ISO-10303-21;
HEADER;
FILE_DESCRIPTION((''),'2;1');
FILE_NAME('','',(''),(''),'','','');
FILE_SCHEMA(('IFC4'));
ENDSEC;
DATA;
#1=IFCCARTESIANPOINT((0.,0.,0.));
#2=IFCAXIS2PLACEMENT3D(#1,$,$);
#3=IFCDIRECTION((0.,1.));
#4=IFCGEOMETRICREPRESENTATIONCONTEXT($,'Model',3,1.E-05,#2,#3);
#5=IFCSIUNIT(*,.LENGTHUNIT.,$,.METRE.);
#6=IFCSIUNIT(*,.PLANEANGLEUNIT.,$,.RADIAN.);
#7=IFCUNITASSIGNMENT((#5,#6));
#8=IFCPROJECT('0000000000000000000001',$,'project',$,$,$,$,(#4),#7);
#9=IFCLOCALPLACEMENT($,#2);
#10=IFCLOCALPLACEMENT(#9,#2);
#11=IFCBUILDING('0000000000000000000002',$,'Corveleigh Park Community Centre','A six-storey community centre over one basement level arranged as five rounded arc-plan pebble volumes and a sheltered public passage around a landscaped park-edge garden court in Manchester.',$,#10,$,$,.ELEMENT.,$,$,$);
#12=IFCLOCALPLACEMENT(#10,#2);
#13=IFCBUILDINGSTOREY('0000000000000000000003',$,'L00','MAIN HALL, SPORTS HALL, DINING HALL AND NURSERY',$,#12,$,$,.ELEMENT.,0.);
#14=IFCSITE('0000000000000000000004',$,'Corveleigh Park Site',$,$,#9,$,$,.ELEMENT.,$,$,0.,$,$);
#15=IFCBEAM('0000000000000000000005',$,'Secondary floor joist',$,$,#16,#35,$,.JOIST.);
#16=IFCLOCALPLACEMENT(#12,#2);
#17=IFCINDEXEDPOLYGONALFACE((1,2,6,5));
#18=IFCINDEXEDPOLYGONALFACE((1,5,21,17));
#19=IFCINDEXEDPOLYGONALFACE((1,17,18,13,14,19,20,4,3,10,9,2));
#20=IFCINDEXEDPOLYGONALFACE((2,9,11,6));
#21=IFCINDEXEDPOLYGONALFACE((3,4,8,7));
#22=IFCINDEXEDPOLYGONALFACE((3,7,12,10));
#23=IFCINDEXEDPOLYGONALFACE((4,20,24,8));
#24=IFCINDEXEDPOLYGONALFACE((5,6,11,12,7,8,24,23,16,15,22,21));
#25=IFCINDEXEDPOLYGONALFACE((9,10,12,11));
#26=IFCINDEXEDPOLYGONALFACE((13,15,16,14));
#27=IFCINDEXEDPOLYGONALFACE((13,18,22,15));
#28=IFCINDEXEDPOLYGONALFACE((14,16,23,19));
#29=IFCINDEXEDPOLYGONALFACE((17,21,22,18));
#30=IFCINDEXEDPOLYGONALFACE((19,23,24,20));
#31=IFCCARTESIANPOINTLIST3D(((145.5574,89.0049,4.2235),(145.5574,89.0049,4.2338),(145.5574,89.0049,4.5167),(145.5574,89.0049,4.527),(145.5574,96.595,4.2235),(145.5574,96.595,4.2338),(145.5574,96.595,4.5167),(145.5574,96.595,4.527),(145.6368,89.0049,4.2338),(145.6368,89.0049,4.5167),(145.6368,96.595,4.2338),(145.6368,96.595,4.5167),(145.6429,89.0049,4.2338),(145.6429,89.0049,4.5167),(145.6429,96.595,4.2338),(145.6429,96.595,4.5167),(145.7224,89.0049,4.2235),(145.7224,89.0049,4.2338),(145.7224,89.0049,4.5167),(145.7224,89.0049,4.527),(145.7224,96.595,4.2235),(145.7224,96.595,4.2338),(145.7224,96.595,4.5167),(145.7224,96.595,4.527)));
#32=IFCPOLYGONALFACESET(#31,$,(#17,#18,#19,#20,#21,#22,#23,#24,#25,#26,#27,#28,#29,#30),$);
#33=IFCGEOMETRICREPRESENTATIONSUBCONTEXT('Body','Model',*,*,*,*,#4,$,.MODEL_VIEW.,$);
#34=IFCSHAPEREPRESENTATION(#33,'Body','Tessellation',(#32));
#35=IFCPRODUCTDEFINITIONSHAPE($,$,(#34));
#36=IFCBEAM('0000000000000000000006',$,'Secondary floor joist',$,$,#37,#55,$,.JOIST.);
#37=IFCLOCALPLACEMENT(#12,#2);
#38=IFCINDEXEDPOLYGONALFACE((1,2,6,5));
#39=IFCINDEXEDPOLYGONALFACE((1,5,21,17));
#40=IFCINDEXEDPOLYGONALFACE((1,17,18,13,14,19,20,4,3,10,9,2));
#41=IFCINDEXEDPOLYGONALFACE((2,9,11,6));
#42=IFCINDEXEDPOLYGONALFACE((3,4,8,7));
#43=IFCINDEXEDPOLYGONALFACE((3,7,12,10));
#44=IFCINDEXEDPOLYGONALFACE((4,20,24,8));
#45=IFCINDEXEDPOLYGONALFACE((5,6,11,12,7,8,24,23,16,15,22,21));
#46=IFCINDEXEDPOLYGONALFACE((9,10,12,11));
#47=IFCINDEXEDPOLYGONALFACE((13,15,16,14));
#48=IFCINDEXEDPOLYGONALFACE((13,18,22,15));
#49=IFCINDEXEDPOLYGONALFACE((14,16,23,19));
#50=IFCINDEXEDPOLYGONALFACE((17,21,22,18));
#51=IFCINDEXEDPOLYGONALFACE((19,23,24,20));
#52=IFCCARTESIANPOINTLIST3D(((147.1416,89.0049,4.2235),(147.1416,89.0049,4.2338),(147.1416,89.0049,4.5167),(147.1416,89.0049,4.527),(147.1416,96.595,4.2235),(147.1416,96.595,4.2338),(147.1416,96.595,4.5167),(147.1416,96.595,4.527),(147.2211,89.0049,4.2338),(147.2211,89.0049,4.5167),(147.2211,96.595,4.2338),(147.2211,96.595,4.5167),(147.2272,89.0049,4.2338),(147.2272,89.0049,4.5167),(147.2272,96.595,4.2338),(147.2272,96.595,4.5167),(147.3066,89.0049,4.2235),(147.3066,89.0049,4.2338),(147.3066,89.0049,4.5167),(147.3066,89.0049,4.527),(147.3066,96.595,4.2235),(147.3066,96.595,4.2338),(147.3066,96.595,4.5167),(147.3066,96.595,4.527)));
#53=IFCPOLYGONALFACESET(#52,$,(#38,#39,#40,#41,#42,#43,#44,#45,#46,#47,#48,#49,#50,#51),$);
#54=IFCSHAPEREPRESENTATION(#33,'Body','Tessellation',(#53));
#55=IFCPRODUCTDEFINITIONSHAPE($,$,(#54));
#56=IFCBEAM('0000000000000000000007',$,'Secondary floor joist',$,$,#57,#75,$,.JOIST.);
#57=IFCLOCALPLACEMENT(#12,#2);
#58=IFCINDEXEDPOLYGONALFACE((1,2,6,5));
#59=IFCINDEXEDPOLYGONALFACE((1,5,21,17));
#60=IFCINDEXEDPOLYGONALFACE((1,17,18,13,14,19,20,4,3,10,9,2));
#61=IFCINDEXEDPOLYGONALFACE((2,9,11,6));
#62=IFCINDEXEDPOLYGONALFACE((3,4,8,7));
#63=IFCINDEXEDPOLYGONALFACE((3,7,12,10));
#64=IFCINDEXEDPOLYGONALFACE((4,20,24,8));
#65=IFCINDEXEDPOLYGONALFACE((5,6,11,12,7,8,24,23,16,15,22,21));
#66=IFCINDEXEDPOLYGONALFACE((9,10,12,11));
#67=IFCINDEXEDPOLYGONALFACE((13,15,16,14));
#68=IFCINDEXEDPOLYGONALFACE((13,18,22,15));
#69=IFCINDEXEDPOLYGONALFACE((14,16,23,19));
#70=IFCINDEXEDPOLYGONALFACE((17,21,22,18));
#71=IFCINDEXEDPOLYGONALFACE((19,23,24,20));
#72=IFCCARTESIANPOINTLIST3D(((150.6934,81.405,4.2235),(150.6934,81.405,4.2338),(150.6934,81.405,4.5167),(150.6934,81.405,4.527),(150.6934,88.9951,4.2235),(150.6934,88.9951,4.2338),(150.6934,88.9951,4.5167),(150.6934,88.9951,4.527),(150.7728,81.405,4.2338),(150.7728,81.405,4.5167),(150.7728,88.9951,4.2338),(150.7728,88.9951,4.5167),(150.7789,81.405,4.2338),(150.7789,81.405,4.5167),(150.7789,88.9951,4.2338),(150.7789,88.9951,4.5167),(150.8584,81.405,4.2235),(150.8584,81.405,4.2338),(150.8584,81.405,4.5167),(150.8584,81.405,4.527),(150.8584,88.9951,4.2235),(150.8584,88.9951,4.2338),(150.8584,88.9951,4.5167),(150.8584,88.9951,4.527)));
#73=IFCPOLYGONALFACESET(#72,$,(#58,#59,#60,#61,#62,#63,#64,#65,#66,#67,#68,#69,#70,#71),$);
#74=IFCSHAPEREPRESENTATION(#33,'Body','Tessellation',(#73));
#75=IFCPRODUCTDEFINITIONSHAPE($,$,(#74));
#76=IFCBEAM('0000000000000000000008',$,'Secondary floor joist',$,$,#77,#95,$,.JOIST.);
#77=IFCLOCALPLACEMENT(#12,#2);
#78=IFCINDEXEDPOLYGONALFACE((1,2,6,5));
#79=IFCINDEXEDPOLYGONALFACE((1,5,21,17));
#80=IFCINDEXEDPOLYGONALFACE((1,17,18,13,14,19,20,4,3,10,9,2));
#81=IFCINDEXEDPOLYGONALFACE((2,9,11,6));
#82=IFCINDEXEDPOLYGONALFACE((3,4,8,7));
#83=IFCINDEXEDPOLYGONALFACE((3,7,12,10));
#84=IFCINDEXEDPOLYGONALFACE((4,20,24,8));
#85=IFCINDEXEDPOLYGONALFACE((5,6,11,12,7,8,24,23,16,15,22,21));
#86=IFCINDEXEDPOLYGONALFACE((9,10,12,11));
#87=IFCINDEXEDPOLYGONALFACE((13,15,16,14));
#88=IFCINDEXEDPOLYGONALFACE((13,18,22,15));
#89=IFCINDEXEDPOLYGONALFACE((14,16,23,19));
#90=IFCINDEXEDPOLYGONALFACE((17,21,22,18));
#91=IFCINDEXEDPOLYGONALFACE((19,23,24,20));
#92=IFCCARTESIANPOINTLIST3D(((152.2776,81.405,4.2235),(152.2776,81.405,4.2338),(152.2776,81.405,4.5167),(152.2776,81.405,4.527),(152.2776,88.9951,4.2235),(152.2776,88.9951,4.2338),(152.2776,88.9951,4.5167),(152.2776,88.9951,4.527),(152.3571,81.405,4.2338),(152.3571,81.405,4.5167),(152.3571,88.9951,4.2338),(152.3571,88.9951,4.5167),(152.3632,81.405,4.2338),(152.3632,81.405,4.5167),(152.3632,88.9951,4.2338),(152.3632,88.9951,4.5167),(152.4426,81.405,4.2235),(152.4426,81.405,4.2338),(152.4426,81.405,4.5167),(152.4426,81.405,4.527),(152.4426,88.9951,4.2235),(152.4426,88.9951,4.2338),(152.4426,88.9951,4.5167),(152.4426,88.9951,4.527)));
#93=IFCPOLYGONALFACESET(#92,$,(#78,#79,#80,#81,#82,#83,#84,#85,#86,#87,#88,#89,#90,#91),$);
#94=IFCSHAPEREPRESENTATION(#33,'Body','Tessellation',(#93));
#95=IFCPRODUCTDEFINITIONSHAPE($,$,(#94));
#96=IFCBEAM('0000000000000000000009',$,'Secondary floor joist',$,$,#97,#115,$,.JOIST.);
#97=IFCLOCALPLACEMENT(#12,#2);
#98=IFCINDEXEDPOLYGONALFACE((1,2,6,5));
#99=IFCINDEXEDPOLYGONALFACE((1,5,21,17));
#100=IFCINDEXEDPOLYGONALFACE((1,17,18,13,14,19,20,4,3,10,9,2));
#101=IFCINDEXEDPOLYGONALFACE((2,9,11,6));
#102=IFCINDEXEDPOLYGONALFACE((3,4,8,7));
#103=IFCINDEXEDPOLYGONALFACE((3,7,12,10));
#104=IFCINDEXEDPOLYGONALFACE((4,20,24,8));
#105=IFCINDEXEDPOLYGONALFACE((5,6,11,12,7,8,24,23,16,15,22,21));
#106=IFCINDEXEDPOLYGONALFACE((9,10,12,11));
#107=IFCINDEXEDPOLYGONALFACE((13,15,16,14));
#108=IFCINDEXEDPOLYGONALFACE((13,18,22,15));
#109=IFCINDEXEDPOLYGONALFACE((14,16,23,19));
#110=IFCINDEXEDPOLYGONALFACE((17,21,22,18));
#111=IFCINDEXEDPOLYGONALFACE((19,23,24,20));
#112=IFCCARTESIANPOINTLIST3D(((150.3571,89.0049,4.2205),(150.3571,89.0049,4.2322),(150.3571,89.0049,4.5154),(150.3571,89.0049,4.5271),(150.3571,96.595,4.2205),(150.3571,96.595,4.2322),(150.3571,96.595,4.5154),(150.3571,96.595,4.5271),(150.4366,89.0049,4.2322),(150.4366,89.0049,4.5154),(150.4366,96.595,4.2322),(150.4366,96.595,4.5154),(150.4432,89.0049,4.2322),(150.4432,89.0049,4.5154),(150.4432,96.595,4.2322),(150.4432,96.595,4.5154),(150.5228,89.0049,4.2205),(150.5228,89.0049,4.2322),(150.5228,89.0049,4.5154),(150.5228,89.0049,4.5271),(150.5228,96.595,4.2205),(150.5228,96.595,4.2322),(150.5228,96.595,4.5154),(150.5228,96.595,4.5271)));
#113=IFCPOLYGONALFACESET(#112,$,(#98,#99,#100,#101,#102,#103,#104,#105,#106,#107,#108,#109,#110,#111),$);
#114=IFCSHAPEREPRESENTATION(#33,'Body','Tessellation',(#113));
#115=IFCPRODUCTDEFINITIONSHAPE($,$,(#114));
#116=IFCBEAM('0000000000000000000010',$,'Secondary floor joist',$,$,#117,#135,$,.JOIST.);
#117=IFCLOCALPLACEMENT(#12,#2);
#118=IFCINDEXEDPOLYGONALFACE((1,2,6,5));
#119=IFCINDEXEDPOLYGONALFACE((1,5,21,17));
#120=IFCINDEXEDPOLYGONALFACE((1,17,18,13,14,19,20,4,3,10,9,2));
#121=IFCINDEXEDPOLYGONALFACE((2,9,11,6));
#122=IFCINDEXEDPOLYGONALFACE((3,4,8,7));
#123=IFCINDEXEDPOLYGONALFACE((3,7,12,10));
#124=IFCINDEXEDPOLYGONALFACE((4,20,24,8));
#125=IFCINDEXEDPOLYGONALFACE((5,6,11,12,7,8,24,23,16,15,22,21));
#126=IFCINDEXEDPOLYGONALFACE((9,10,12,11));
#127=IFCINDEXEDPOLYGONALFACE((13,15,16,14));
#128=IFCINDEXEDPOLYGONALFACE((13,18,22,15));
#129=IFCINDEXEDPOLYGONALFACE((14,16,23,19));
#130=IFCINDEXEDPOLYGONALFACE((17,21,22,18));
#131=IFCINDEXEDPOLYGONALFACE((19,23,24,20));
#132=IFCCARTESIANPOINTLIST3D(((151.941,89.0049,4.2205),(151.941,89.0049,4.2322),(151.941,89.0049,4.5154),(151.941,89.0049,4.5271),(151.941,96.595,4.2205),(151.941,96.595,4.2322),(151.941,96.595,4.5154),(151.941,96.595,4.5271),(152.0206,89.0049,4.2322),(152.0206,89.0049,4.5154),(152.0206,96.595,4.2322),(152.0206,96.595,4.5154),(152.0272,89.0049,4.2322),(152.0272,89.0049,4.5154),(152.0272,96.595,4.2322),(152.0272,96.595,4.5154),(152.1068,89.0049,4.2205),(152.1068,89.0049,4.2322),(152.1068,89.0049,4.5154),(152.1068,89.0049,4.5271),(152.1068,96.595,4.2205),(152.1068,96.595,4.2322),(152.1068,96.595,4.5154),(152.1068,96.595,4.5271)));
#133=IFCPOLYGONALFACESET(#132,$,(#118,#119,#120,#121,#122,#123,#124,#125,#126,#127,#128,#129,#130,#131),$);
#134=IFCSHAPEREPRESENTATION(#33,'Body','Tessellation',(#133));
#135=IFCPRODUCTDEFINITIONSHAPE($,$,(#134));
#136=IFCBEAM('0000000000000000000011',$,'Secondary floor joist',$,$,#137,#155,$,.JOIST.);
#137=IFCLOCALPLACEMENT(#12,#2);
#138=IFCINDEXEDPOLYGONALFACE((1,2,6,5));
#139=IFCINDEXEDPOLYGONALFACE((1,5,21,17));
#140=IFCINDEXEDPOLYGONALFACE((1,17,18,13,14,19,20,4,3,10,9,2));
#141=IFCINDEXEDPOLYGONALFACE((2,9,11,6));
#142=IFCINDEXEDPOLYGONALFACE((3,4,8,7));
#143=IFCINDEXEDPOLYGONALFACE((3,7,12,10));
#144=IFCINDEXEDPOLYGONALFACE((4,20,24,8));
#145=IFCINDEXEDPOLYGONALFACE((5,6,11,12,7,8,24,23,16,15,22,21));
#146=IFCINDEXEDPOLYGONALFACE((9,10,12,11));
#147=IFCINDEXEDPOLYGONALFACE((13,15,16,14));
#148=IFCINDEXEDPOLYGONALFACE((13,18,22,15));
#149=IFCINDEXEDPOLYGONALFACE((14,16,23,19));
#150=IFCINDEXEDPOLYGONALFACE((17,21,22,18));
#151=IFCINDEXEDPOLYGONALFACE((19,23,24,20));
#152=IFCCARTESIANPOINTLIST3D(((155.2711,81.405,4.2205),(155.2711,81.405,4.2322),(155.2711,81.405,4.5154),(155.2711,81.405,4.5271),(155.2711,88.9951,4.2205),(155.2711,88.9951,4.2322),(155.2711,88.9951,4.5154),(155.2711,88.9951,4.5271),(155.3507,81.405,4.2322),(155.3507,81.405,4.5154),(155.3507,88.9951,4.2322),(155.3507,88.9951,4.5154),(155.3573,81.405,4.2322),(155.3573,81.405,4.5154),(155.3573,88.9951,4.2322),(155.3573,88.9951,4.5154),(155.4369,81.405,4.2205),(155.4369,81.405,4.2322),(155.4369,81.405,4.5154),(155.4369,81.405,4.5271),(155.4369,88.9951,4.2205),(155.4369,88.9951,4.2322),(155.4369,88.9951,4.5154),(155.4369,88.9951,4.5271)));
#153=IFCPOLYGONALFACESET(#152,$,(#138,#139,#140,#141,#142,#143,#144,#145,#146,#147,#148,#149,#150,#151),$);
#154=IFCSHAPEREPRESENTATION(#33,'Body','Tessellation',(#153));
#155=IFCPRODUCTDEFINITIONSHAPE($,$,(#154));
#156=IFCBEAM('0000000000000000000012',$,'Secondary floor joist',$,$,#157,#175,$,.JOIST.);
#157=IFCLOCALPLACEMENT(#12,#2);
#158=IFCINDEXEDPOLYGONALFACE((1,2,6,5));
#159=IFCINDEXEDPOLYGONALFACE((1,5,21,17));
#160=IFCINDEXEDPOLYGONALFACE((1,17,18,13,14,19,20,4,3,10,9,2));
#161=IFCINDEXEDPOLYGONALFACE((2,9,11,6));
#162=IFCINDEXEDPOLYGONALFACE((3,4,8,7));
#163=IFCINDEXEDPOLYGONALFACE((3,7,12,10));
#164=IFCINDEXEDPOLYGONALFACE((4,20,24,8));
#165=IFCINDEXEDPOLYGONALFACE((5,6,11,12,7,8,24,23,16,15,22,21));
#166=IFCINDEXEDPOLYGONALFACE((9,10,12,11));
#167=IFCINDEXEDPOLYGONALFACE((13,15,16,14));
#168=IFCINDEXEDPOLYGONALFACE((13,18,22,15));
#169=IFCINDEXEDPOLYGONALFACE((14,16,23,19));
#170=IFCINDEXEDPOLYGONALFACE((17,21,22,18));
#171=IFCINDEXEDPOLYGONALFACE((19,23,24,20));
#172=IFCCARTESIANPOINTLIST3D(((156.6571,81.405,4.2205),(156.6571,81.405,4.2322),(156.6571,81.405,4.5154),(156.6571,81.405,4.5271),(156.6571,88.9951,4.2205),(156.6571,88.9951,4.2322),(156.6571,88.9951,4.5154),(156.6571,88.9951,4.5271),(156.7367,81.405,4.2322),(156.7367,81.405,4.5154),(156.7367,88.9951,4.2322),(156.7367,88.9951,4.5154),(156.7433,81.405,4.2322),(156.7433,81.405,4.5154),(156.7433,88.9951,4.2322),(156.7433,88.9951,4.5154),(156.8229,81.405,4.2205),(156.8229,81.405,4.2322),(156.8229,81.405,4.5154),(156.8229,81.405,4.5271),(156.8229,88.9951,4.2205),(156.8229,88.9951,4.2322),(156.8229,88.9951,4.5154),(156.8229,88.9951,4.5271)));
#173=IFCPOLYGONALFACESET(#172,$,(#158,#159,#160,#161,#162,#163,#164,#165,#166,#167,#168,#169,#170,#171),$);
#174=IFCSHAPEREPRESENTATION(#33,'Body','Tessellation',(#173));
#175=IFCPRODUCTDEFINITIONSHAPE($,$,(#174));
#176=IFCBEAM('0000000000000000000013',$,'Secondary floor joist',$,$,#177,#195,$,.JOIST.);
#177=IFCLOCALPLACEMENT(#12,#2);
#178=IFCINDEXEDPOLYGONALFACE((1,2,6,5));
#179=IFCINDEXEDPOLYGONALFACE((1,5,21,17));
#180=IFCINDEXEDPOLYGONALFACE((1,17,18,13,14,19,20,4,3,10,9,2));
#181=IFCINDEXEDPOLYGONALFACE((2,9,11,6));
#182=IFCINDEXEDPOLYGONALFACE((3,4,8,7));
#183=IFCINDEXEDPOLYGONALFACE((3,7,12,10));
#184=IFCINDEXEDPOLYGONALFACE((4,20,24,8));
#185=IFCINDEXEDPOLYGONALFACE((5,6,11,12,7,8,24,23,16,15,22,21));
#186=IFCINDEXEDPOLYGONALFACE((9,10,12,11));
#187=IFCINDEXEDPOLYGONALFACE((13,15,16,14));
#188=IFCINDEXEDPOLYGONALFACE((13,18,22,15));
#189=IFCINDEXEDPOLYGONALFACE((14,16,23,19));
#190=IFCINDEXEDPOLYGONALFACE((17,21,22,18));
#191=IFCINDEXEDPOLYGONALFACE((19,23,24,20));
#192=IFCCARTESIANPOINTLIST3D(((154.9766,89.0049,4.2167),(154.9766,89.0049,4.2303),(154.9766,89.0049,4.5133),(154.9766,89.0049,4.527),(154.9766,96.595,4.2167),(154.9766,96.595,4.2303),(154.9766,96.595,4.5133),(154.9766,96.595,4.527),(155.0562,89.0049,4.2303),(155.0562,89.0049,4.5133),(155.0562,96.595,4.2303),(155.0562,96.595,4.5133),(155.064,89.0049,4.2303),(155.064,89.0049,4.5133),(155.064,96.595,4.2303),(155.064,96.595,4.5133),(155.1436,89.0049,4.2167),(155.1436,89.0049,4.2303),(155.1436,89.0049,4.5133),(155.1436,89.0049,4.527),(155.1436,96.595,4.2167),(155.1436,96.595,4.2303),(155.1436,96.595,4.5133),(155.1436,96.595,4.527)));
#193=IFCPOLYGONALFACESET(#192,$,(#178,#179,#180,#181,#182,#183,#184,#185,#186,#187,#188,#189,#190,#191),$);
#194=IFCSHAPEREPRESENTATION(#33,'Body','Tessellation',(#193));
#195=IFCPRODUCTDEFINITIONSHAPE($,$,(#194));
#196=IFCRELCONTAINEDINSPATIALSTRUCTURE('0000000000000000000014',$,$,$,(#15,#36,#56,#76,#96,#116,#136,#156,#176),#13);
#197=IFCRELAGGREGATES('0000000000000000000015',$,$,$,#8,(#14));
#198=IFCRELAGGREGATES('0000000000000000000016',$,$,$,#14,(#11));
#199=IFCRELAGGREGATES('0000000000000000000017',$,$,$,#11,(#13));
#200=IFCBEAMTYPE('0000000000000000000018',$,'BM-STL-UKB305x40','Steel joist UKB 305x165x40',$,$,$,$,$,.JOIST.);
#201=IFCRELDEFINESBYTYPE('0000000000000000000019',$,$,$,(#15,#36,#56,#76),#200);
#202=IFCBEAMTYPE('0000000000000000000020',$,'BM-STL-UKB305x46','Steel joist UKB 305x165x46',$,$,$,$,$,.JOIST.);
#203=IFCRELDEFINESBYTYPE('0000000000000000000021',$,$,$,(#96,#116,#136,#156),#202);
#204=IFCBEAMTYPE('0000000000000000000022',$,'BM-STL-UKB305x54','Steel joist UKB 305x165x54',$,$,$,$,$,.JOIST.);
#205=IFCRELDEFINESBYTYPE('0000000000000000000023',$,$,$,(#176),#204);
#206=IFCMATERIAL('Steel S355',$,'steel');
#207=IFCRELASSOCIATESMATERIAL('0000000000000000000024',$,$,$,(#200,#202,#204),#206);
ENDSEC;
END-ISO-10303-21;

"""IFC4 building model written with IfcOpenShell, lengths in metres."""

from ifc_helpers import new_model, si_unit, direction, frame, origin, origin_2d, place, context, subcontext, project, spatial, i_section, extrude, material, material_profile, profile_set, type_object, element, save


model = new_model("IFC4")

# Units and contexts
model_context = context("Model", 3, precision=1e-05, world=origin(), true_north=direction((0.0, 1.0)))
body_context = subcontext(model_context, "Body", "Model", "MODEL_VIEW")
ifc_project = project(units=[si_unit("LENGTHUNIT", "METRE"), si_unit("PLANEANGLEUNIT", "RADIAN")], contexts=[model_context])

# Site, building, storey
site_placement = place(None, origin())
site = spatial("IfcSite", under=ifc_project, at=site_placement, Name="Corveleigh Park Site", CompositionType="ELEMENT", RefElevation=0.0)
building_placement = place(site_placement, origin())
building = spatial("IfcBuilding", under=site, at=building_placement, Name="Corveleigh Park Community Centre", Description="A six-storey community centre over one basement level arranged as five rounded arc-plan pebble volumes and a sheltered public passage around a landscaped park-edge garden court in Manchester.", CompositionType="ELEMENT")
storey_placement = place(building_placement, origin())
storey = spatial("IfcBuildingStorey", under=building, at=storey_placement, Name="L00", Description="MAIN HALL, SPORTS HALL, DINING HALL AND NURSERY", CompositionType="ELEMENT", Elevation=0.0)

# Shared definitions
ifc_material_1 = material(Name="Steel S355", Category="steel")

# Beams
ifc_material_profile_1 = material_profile(ifc_material_1, i_section(OverallWidth=0.165, OverallDepth=0.3035, WebThickness=0.0061, FlangeThickness=0.0103, at=origin_2d()), Name="UKB 305x165x40", Category="steel")
ifc_profile_set_1 = profile_set([ifc_material_profile_1], Name="Steel S355")
beam_type_1 = type_object("IfcBeamType", Name="BM-STL-UKB305x40", Description="Steel joist UKB 305x165x40", PredefinedType="JOIST", material=ifc_profile_set_1)
for number, where, z_axis, x_axis, name in (
    (1, (145.6399, 89.0049, 4.3752), (0.0, 1.0, 0.0), (-1.0, 0.0, 0.0), "Secondary floor joist"),
    (2, (147.2241, 89.0049, 4.3752), (0.0, 1.0, 0.0), (-1.0, 0.0, 0.0), "Secondary floor joist"),
    (3, (150.7759, 81.405, 4.3752), (0.0, 1.0, 0.0), (-1.0, 0.0, 0.0), "Secondary floor joist"),
    (4, (152.3601, 81.405, 4.3752), (0.0, 1.0, 0.0), (-1.0, 0.0, 0.0), "Secondary floor joist"),
):
    element("IfcBeam", number, at=place(storey_placement, frame(where, z_axis=z_axis, x_axis=x_axis)), inside=storey, type_object=beam_type_1, Name=name, PredefinedType="JOIST", context=body_context, shape_type="SweptSolid", body=[
        extrude(i_section(OverallWidth=0.165, OverallDepth=0.3035, WebThickness=0.0061, FlangeThickness=0.0103, at=origin_2d()), origin(), (0.0, 0.0, 1.0), 7.5901),
    ])
ifc_material_profile_2 = material_profile(ifc_material_1, i_section(OverallWidth=0.1658, OverallDepth=0.3066, WebThickness=0.0066, FlangeThickness=0.0117, at=origin_2d()), Name="UKB 305x165x46", Category="steel")
ifc_profile_set_2 = profile_set([ifc_material_profile_2], Name="Steel S355")
beam_type_2 = type_object("IfcBeamType", Name="BM-STL-UKB305x46", Description="Steel joist UKB 305x165x46", PredefinedType="JOIST", material=ifc_profile_set_2)
for number, where, z_axis, x_axis, name in (
    (5, (150.4399, 89.0049, 4.3738), (0.0, 1.0, 0.0), (-1.0, 0.0, 0.0), "Secondary floor joist"),
    (6, (152.0239, 89.0049, 4.3738), (0.0, 1.0, 0.0), (-1.0, 0.0, 0.0), "Secondary floor joist"),
    (7, (155.354, 81.405, 4.3738), (0.0, 1.0, 0.0), (-1.0, 0.0, 0.0), "Secondary floor joist"),
    (8, (156.74, 81.405, 4.3738), (0.0, 1.0, 0.0), (-1.0, 0.0, 0.0), "Secondary floor joist"),
):
    element("IfcBeam", number, at=place(storey_placement, frame(where, z_axis=z_axis, x_axis=x_axis)), inside=storey, type_object=beam_type_2, Name=name, PredefinedType="JOIST", context=body_context, shape_type="SweptSolid", body=[
        extrude(i_section(OverallWidth=0.1658, OverallDepth=0.3066, WebThickness=0.0066, FlangeThickness=0.0117, at=origin_2d()), origin(), (0.0, 0.0, 1.0), 7.5901),
    ])
ifc_material_profile_3 = material_profile(ifc_material_1, i_section(OverallWidth=0.167, OverallDepth=0.3103, WebThickness=0.0078, FlangeThickness=0.0137, at=origin_2d()), Name="UKB 305x165x54", Category="steel")
ifc_profile_set_3 = profile_set([ifc_material_profile_3], Name="Steel S355")
beam_type_3 = type_object("IfcBeamType", Name="BM-STL-UKB305x54", Description="Steel joist UKB 305x165x54", PredefinedType="JOIST", material=ifc_profile_set_3)
for number, where, z_axis, x_axis, name in (
    (9, (155.0601, 89.0049, 4.3718), (0.0, 1.0, 0.0), (-1.0, 0.0, 0.0), "Secondary floor joist"),
):
    element("IfcBeam", number, at=place(storey_placement, frame(where, z_axis=z_axis, x_axis=x_axis)), inside=storey, type_object=beam_type_3, Name=name, PredefinedType="JOIST", context=body_context, shape_type="SweptSolid", body=[
        extrude(i_section(OverallWidth=0.167, OverallDepth=0.3103, WebThickness=0.0078, FlangeThickness=0.0137, at=origin_2d()), origin(), (0.0, 0.0, 1.0), 7.5901),
    ])

save(model, "model.ifc")
